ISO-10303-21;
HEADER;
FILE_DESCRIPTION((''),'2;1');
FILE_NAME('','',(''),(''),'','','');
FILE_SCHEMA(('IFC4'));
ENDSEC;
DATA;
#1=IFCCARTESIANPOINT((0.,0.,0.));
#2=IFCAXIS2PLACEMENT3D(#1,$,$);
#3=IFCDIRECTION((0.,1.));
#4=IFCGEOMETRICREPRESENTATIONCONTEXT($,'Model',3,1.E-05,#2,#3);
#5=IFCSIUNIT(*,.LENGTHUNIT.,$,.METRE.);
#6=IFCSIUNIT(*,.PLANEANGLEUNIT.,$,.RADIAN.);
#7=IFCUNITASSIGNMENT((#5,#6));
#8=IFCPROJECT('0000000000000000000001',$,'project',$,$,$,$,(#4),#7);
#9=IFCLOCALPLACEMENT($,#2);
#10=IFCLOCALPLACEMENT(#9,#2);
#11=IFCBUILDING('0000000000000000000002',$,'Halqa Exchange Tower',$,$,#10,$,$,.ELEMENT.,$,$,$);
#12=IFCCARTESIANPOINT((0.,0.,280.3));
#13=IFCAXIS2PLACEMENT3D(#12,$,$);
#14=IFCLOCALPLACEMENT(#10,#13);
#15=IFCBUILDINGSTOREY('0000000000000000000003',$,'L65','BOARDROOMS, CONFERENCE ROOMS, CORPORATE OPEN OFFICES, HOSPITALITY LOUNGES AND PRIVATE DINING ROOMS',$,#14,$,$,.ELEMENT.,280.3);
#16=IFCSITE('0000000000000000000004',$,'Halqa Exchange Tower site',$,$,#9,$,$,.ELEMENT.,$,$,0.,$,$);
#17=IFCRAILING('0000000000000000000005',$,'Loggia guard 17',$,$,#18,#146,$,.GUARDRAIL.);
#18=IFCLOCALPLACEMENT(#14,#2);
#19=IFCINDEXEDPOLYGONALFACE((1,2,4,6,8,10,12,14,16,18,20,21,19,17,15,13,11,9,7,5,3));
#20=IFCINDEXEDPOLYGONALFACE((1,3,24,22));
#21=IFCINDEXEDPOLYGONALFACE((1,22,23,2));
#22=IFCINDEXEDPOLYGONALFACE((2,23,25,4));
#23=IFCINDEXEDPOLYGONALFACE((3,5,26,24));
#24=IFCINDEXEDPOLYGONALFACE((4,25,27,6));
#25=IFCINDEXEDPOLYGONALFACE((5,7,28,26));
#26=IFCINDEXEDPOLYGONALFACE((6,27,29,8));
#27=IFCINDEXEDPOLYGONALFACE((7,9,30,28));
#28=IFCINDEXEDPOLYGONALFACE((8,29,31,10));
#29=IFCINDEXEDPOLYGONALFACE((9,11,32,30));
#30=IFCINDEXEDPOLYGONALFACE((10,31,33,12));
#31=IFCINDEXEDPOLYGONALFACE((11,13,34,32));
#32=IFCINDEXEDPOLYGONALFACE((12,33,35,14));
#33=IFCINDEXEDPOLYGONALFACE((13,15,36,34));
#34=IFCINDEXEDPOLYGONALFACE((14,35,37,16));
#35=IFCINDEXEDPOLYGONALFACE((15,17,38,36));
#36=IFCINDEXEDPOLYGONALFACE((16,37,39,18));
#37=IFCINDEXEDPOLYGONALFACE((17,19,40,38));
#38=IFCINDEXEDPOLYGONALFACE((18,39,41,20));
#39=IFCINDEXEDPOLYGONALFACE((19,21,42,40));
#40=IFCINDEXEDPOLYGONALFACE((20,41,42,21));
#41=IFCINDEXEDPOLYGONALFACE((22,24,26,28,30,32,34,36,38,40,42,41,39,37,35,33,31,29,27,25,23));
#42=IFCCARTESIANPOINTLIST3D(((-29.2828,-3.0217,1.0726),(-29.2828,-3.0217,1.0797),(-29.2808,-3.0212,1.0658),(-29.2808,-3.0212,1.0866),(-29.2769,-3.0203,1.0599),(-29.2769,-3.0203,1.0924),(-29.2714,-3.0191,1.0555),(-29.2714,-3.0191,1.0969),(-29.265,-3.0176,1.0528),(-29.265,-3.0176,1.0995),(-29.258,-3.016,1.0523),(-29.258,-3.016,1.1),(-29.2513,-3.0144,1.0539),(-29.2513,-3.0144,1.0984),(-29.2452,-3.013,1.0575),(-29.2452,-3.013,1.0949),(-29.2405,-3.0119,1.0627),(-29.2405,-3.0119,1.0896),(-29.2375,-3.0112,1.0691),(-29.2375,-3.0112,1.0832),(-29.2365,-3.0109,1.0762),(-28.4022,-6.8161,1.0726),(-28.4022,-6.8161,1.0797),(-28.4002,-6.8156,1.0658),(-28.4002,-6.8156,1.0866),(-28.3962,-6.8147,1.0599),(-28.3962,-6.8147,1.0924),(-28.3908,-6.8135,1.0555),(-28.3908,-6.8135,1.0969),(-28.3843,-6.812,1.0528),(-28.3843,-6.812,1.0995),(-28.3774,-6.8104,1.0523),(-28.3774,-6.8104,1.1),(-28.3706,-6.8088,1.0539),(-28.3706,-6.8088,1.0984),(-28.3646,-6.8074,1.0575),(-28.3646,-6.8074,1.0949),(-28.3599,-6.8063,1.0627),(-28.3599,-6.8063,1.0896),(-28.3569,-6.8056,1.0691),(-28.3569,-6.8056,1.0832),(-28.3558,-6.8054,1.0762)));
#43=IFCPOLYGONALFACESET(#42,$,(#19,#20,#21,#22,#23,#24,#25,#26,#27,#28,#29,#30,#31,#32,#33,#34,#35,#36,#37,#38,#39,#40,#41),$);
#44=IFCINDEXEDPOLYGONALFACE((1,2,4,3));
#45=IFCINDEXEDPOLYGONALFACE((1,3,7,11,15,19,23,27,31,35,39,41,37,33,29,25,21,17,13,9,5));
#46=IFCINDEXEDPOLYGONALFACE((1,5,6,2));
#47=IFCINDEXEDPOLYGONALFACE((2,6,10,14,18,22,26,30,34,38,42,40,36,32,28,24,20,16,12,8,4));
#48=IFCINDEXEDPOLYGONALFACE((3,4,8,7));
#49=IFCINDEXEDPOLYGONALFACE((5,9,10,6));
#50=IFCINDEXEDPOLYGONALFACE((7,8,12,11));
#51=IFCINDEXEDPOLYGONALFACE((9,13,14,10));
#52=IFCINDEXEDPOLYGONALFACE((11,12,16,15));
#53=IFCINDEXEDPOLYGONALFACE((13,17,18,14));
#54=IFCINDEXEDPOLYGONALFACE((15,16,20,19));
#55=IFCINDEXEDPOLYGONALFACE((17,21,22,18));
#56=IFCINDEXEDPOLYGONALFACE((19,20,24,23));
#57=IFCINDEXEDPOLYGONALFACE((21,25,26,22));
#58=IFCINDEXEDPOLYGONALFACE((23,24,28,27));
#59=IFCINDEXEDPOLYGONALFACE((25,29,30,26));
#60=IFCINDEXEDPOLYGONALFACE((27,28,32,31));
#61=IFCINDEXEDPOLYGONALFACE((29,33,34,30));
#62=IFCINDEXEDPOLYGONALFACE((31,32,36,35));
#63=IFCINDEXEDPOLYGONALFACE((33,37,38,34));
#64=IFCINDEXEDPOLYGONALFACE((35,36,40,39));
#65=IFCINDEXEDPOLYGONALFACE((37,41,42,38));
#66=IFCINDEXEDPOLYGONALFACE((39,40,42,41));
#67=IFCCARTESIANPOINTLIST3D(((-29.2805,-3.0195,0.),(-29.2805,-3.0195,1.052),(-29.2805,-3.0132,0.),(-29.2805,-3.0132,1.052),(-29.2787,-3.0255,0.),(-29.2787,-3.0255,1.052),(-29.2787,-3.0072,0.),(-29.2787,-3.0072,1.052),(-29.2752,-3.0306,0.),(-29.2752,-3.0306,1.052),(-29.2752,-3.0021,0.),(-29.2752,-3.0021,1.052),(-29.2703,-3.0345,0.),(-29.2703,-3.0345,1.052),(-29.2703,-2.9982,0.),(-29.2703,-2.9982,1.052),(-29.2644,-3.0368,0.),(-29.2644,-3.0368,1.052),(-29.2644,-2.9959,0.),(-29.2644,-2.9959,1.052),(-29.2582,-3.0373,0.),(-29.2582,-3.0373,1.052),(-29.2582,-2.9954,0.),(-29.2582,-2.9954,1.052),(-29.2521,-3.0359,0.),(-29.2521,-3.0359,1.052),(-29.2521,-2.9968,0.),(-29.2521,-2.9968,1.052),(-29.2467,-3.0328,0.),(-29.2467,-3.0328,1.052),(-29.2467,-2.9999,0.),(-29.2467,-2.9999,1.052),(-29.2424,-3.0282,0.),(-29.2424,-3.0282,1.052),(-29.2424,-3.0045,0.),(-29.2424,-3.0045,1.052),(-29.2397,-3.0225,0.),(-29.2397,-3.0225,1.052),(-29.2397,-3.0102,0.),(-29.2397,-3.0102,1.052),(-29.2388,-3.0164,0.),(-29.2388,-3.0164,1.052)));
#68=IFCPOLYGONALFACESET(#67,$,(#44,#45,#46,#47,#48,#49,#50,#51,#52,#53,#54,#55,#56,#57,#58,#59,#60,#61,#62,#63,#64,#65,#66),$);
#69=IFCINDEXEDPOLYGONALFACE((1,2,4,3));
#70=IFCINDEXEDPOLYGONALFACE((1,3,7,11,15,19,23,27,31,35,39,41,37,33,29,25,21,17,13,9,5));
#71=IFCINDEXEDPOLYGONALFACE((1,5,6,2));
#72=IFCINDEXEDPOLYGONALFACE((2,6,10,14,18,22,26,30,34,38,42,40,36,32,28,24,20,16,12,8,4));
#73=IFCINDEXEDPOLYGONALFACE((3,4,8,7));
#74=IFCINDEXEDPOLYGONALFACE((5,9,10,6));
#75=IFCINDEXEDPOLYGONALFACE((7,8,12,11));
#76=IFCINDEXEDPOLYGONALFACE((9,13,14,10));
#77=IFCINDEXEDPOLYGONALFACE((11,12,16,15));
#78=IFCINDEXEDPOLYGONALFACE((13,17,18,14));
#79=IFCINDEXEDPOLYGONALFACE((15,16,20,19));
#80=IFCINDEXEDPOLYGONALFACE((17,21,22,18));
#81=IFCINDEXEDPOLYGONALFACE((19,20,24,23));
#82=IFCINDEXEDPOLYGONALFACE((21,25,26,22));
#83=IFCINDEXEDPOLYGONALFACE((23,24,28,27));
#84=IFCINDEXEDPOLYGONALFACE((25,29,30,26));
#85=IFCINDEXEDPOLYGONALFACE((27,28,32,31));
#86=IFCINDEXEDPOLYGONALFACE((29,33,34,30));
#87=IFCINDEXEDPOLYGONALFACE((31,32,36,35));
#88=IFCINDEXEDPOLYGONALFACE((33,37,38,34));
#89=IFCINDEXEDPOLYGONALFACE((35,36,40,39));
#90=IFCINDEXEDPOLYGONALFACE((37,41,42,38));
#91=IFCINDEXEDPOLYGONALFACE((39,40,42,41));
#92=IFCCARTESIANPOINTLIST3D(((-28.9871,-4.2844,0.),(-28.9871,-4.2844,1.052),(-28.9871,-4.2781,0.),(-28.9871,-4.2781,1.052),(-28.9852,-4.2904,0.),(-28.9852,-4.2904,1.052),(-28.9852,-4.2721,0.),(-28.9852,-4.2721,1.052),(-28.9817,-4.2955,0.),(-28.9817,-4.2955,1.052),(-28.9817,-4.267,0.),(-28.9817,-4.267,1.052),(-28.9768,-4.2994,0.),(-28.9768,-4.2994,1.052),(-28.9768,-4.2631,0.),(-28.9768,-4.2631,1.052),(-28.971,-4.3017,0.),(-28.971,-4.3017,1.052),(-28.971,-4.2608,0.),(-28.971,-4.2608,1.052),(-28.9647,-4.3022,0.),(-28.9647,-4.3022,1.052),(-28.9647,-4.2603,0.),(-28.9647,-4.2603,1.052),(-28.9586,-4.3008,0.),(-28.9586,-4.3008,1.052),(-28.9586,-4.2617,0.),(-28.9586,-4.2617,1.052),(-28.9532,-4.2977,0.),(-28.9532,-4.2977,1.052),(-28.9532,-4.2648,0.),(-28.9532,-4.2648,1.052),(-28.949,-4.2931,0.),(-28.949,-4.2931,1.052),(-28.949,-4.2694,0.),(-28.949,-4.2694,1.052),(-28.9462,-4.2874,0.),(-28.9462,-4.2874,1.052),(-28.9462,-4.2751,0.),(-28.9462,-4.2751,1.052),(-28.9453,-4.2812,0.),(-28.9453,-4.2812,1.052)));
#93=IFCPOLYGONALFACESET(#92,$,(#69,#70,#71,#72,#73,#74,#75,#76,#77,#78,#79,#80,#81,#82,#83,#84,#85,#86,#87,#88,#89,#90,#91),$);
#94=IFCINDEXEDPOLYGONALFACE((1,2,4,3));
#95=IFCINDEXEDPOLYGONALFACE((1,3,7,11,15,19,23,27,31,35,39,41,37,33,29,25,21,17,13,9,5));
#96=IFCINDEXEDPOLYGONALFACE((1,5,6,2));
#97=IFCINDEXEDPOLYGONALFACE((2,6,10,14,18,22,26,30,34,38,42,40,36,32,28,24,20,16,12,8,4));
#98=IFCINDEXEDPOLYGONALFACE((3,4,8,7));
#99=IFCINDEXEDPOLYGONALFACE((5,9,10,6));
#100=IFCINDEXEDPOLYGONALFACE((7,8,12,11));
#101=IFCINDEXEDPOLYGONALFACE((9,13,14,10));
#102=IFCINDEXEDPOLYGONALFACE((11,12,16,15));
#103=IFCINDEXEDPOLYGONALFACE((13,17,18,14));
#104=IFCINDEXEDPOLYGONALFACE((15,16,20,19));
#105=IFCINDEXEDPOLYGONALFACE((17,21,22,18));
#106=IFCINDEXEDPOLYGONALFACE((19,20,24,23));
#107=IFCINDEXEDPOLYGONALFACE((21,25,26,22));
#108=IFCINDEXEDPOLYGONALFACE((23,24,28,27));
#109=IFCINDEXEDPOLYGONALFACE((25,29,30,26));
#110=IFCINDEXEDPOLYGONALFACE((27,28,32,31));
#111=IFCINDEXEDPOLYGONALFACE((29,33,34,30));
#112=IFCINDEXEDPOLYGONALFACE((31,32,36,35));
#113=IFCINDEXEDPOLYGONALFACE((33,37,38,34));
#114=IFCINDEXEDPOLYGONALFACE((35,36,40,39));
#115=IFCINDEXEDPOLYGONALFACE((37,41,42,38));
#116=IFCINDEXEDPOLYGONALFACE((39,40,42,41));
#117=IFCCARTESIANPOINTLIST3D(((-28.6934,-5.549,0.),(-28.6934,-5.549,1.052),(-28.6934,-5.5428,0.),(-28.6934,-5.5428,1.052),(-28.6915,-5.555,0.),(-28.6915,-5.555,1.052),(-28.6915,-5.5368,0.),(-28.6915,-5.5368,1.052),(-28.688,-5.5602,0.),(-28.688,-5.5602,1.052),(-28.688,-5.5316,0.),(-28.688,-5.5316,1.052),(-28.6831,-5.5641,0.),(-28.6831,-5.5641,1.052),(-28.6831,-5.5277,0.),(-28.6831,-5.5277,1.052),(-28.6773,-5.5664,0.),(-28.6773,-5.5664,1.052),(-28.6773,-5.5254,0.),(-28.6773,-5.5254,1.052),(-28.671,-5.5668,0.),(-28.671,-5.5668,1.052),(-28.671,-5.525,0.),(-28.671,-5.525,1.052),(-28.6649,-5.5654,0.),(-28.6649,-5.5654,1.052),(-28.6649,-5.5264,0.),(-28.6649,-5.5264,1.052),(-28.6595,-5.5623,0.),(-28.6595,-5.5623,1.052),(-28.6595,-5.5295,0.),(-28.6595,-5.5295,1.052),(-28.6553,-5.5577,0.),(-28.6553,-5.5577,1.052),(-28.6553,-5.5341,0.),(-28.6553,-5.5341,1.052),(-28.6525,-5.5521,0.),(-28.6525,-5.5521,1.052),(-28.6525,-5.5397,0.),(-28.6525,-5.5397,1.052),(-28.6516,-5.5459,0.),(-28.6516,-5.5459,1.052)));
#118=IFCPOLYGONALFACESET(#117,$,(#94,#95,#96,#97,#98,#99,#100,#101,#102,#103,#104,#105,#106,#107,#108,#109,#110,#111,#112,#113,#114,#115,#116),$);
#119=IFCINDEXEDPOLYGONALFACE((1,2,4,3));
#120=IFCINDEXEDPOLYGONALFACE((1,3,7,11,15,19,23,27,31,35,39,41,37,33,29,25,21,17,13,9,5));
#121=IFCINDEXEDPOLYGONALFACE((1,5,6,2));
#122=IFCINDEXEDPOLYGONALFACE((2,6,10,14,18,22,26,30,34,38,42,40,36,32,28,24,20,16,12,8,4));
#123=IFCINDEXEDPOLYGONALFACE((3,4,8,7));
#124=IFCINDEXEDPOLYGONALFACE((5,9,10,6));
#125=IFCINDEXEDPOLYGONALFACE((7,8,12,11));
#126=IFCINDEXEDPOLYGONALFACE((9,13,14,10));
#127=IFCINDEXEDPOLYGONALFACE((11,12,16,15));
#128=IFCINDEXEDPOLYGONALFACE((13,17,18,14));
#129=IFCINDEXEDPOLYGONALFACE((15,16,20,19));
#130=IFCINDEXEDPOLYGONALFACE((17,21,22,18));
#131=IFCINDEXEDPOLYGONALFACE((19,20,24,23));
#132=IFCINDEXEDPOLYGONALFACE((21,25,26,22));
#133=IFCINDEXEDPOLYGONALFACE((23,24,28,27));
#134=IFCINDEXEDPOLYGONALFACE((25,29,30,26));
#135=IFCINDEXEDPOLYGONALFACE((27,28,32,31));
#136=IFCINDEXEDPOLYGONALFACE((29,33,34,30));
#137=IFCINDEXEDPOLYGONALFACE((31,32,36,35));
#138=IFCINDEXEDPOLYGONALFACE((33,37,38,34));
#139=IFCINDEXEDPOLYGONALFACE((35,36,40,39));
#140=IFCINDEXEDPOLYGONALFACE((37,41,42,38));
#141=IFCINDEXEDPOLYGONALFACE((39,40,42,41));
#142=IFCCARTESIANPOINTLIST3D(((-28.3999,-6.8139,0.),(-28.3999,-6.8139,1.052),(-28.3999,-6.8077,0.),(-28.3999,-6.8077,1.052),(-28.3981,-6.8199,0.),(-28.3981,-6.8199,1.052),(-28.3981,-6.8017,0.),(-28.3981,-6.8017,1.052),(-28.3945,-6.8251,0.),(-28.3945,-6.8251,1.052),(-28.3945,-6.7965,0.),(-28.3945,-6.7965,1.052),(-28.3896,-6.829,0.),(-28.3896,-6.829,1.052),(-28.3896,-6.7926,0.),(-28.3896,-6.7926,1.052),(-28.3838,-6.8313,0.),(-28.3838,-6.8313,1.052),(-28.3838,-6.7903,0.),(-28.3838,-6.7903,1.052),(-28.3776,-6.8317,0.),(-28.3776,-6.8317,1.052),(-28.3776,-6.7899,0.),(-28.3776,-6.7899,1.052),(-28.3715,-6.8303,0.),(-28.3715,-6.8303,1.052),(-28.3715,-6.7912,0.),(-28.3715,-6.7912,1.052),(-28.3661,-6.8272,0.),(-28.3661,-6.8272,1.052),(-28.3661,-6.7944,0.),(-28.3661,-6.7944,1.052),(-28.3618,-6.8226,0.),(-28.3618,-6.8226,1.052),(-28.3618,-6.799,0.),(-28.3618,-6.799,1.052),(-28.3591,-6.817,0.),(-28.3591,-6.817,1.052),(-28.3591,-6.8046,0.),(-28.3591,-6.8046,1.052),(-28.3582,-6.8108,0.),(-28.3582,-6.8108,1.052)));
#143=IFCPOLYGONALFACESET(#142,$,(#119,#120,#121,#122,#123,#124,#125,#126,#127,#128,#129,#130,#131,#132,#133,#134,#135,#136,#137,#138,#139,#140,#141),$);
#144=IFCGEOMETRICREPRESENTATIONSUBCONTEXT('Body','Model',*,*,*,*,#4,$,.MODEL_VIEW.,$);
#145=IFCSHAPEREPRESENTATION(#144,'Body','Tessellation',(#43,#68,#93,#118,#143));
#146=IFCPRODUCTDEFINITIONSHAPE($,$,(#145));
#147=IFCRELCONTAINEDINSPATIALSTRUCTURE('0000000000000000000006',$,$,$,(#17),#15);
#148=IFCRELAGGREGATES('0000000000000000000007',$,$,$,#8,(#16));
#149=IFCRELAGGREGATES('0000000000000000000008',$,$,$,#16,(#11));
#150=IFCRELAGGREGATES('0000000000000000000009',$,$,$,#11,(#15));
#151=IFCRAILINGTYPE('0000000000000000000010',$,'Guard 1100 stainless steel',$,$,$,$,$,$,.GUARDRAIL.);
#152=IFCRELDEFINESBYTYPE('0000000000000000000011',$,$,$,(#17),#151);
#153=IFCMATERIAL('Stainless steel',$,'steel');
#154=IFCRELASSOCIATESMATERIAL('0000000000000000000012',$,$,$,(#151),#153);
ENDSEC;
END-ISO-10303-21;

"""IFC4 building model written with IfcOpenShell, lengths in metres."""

from ifc_helpers import new_model, si_unit, direction, frame, origin, origin_2d, place, context, subcontext, project, spatial, circle, extrude, material, type_object, element, save


model = new_model("IFC4")

# Units and contexts
model_context = context("Model", 3, precision=1e-05, world=origin(), true_north=direction((0.0, 1.0)))
body_context = subcontext(model_context, "Body", "Model", "MODEL_VIEW")
ifc_project = project(units=[si_unit("LENGTHUNIT", "METRE"), si_unit("PLANEANGLEUNIT", "RADIAN")], contexts=[model_context])

# Site, building, storey
site_placement = place(None, origin())
site = spatial("IfcSite", under=ifc_project, at=site_placement, Name="Halqa Exchange Tower site", CompositionType="ELEMENT", RefElevation=0.0)
building_placement = place(site_placement, origin())
building = spatial("IfcBuilding", under=site, at=building_placement, Name="Halqa Exchange Tower", CompositionType="ELEMENT")
storey_placement = place(building_placement, frame((0.0, 0.0, 280.3)))
storey = spatial("IfcBuildingStorey", under=building, at=storey_placement, Name="L65", Description="BOARDROOMS, CONFERENCE ROOMS, CORPORATE OPEN OFFICES, HOSPITALITY LOUNGES AND PRIVATE DINING ROOMS", CompositionType="ELEMENT", Elevation=280.3)

# Railing
ifc_material_1 = material(Name="Stainless steel", Category="steel")
railing_type = type_object("IfcRailingType", Name="Guard 1100 stainless steel", PredefinedType="GUARDRAIL", material=ifc_material_1)
railing_1_placement = place(storey_placement, frame((-29.2598, -3.0164, 0.0)))
element("IfcRailing", 1, at=railing_1_placement, inside=storey, type_object=railing_type, Name="Loggia guard 17", PredefinedType="GUARDRAIL", context=body_context, shape_type="SweptSolid", body=[
    extrude(circle(Radius=0.0239, at=origin_2d()), frame((0.0, 0.0, 1.0762), z_axis=(0.226072, -0.974111, 0.0), x_axis=(0.974111, 0.226072, 0.0)), (0.0, 0.0, 1.0), 3.8953),
    extrude(circle(Radius=0.021, at=origin_2d()), origin(), (0.0, 0.0, 1.0), 1.052),
    extrude(circle(Radius=0.021, at=origin_2d()), frame((0.2935, -1.2649, 0.0)), (0.0, 0.0, 1.0), 1.052),
    extrude(circle(Radius=0.021, at=origin_2d()), frame((0.5872, -2.5295, 0.0)), (0.0, 0.0, 1.0), 1.052),
    extrude(circle(Radius=0.021, at=origin_2d()), frame((0.8806, -3.7944, 0.0)), (0.0, 0.0, 1.0), 1.052),
])

save(model, "model.ifc")
